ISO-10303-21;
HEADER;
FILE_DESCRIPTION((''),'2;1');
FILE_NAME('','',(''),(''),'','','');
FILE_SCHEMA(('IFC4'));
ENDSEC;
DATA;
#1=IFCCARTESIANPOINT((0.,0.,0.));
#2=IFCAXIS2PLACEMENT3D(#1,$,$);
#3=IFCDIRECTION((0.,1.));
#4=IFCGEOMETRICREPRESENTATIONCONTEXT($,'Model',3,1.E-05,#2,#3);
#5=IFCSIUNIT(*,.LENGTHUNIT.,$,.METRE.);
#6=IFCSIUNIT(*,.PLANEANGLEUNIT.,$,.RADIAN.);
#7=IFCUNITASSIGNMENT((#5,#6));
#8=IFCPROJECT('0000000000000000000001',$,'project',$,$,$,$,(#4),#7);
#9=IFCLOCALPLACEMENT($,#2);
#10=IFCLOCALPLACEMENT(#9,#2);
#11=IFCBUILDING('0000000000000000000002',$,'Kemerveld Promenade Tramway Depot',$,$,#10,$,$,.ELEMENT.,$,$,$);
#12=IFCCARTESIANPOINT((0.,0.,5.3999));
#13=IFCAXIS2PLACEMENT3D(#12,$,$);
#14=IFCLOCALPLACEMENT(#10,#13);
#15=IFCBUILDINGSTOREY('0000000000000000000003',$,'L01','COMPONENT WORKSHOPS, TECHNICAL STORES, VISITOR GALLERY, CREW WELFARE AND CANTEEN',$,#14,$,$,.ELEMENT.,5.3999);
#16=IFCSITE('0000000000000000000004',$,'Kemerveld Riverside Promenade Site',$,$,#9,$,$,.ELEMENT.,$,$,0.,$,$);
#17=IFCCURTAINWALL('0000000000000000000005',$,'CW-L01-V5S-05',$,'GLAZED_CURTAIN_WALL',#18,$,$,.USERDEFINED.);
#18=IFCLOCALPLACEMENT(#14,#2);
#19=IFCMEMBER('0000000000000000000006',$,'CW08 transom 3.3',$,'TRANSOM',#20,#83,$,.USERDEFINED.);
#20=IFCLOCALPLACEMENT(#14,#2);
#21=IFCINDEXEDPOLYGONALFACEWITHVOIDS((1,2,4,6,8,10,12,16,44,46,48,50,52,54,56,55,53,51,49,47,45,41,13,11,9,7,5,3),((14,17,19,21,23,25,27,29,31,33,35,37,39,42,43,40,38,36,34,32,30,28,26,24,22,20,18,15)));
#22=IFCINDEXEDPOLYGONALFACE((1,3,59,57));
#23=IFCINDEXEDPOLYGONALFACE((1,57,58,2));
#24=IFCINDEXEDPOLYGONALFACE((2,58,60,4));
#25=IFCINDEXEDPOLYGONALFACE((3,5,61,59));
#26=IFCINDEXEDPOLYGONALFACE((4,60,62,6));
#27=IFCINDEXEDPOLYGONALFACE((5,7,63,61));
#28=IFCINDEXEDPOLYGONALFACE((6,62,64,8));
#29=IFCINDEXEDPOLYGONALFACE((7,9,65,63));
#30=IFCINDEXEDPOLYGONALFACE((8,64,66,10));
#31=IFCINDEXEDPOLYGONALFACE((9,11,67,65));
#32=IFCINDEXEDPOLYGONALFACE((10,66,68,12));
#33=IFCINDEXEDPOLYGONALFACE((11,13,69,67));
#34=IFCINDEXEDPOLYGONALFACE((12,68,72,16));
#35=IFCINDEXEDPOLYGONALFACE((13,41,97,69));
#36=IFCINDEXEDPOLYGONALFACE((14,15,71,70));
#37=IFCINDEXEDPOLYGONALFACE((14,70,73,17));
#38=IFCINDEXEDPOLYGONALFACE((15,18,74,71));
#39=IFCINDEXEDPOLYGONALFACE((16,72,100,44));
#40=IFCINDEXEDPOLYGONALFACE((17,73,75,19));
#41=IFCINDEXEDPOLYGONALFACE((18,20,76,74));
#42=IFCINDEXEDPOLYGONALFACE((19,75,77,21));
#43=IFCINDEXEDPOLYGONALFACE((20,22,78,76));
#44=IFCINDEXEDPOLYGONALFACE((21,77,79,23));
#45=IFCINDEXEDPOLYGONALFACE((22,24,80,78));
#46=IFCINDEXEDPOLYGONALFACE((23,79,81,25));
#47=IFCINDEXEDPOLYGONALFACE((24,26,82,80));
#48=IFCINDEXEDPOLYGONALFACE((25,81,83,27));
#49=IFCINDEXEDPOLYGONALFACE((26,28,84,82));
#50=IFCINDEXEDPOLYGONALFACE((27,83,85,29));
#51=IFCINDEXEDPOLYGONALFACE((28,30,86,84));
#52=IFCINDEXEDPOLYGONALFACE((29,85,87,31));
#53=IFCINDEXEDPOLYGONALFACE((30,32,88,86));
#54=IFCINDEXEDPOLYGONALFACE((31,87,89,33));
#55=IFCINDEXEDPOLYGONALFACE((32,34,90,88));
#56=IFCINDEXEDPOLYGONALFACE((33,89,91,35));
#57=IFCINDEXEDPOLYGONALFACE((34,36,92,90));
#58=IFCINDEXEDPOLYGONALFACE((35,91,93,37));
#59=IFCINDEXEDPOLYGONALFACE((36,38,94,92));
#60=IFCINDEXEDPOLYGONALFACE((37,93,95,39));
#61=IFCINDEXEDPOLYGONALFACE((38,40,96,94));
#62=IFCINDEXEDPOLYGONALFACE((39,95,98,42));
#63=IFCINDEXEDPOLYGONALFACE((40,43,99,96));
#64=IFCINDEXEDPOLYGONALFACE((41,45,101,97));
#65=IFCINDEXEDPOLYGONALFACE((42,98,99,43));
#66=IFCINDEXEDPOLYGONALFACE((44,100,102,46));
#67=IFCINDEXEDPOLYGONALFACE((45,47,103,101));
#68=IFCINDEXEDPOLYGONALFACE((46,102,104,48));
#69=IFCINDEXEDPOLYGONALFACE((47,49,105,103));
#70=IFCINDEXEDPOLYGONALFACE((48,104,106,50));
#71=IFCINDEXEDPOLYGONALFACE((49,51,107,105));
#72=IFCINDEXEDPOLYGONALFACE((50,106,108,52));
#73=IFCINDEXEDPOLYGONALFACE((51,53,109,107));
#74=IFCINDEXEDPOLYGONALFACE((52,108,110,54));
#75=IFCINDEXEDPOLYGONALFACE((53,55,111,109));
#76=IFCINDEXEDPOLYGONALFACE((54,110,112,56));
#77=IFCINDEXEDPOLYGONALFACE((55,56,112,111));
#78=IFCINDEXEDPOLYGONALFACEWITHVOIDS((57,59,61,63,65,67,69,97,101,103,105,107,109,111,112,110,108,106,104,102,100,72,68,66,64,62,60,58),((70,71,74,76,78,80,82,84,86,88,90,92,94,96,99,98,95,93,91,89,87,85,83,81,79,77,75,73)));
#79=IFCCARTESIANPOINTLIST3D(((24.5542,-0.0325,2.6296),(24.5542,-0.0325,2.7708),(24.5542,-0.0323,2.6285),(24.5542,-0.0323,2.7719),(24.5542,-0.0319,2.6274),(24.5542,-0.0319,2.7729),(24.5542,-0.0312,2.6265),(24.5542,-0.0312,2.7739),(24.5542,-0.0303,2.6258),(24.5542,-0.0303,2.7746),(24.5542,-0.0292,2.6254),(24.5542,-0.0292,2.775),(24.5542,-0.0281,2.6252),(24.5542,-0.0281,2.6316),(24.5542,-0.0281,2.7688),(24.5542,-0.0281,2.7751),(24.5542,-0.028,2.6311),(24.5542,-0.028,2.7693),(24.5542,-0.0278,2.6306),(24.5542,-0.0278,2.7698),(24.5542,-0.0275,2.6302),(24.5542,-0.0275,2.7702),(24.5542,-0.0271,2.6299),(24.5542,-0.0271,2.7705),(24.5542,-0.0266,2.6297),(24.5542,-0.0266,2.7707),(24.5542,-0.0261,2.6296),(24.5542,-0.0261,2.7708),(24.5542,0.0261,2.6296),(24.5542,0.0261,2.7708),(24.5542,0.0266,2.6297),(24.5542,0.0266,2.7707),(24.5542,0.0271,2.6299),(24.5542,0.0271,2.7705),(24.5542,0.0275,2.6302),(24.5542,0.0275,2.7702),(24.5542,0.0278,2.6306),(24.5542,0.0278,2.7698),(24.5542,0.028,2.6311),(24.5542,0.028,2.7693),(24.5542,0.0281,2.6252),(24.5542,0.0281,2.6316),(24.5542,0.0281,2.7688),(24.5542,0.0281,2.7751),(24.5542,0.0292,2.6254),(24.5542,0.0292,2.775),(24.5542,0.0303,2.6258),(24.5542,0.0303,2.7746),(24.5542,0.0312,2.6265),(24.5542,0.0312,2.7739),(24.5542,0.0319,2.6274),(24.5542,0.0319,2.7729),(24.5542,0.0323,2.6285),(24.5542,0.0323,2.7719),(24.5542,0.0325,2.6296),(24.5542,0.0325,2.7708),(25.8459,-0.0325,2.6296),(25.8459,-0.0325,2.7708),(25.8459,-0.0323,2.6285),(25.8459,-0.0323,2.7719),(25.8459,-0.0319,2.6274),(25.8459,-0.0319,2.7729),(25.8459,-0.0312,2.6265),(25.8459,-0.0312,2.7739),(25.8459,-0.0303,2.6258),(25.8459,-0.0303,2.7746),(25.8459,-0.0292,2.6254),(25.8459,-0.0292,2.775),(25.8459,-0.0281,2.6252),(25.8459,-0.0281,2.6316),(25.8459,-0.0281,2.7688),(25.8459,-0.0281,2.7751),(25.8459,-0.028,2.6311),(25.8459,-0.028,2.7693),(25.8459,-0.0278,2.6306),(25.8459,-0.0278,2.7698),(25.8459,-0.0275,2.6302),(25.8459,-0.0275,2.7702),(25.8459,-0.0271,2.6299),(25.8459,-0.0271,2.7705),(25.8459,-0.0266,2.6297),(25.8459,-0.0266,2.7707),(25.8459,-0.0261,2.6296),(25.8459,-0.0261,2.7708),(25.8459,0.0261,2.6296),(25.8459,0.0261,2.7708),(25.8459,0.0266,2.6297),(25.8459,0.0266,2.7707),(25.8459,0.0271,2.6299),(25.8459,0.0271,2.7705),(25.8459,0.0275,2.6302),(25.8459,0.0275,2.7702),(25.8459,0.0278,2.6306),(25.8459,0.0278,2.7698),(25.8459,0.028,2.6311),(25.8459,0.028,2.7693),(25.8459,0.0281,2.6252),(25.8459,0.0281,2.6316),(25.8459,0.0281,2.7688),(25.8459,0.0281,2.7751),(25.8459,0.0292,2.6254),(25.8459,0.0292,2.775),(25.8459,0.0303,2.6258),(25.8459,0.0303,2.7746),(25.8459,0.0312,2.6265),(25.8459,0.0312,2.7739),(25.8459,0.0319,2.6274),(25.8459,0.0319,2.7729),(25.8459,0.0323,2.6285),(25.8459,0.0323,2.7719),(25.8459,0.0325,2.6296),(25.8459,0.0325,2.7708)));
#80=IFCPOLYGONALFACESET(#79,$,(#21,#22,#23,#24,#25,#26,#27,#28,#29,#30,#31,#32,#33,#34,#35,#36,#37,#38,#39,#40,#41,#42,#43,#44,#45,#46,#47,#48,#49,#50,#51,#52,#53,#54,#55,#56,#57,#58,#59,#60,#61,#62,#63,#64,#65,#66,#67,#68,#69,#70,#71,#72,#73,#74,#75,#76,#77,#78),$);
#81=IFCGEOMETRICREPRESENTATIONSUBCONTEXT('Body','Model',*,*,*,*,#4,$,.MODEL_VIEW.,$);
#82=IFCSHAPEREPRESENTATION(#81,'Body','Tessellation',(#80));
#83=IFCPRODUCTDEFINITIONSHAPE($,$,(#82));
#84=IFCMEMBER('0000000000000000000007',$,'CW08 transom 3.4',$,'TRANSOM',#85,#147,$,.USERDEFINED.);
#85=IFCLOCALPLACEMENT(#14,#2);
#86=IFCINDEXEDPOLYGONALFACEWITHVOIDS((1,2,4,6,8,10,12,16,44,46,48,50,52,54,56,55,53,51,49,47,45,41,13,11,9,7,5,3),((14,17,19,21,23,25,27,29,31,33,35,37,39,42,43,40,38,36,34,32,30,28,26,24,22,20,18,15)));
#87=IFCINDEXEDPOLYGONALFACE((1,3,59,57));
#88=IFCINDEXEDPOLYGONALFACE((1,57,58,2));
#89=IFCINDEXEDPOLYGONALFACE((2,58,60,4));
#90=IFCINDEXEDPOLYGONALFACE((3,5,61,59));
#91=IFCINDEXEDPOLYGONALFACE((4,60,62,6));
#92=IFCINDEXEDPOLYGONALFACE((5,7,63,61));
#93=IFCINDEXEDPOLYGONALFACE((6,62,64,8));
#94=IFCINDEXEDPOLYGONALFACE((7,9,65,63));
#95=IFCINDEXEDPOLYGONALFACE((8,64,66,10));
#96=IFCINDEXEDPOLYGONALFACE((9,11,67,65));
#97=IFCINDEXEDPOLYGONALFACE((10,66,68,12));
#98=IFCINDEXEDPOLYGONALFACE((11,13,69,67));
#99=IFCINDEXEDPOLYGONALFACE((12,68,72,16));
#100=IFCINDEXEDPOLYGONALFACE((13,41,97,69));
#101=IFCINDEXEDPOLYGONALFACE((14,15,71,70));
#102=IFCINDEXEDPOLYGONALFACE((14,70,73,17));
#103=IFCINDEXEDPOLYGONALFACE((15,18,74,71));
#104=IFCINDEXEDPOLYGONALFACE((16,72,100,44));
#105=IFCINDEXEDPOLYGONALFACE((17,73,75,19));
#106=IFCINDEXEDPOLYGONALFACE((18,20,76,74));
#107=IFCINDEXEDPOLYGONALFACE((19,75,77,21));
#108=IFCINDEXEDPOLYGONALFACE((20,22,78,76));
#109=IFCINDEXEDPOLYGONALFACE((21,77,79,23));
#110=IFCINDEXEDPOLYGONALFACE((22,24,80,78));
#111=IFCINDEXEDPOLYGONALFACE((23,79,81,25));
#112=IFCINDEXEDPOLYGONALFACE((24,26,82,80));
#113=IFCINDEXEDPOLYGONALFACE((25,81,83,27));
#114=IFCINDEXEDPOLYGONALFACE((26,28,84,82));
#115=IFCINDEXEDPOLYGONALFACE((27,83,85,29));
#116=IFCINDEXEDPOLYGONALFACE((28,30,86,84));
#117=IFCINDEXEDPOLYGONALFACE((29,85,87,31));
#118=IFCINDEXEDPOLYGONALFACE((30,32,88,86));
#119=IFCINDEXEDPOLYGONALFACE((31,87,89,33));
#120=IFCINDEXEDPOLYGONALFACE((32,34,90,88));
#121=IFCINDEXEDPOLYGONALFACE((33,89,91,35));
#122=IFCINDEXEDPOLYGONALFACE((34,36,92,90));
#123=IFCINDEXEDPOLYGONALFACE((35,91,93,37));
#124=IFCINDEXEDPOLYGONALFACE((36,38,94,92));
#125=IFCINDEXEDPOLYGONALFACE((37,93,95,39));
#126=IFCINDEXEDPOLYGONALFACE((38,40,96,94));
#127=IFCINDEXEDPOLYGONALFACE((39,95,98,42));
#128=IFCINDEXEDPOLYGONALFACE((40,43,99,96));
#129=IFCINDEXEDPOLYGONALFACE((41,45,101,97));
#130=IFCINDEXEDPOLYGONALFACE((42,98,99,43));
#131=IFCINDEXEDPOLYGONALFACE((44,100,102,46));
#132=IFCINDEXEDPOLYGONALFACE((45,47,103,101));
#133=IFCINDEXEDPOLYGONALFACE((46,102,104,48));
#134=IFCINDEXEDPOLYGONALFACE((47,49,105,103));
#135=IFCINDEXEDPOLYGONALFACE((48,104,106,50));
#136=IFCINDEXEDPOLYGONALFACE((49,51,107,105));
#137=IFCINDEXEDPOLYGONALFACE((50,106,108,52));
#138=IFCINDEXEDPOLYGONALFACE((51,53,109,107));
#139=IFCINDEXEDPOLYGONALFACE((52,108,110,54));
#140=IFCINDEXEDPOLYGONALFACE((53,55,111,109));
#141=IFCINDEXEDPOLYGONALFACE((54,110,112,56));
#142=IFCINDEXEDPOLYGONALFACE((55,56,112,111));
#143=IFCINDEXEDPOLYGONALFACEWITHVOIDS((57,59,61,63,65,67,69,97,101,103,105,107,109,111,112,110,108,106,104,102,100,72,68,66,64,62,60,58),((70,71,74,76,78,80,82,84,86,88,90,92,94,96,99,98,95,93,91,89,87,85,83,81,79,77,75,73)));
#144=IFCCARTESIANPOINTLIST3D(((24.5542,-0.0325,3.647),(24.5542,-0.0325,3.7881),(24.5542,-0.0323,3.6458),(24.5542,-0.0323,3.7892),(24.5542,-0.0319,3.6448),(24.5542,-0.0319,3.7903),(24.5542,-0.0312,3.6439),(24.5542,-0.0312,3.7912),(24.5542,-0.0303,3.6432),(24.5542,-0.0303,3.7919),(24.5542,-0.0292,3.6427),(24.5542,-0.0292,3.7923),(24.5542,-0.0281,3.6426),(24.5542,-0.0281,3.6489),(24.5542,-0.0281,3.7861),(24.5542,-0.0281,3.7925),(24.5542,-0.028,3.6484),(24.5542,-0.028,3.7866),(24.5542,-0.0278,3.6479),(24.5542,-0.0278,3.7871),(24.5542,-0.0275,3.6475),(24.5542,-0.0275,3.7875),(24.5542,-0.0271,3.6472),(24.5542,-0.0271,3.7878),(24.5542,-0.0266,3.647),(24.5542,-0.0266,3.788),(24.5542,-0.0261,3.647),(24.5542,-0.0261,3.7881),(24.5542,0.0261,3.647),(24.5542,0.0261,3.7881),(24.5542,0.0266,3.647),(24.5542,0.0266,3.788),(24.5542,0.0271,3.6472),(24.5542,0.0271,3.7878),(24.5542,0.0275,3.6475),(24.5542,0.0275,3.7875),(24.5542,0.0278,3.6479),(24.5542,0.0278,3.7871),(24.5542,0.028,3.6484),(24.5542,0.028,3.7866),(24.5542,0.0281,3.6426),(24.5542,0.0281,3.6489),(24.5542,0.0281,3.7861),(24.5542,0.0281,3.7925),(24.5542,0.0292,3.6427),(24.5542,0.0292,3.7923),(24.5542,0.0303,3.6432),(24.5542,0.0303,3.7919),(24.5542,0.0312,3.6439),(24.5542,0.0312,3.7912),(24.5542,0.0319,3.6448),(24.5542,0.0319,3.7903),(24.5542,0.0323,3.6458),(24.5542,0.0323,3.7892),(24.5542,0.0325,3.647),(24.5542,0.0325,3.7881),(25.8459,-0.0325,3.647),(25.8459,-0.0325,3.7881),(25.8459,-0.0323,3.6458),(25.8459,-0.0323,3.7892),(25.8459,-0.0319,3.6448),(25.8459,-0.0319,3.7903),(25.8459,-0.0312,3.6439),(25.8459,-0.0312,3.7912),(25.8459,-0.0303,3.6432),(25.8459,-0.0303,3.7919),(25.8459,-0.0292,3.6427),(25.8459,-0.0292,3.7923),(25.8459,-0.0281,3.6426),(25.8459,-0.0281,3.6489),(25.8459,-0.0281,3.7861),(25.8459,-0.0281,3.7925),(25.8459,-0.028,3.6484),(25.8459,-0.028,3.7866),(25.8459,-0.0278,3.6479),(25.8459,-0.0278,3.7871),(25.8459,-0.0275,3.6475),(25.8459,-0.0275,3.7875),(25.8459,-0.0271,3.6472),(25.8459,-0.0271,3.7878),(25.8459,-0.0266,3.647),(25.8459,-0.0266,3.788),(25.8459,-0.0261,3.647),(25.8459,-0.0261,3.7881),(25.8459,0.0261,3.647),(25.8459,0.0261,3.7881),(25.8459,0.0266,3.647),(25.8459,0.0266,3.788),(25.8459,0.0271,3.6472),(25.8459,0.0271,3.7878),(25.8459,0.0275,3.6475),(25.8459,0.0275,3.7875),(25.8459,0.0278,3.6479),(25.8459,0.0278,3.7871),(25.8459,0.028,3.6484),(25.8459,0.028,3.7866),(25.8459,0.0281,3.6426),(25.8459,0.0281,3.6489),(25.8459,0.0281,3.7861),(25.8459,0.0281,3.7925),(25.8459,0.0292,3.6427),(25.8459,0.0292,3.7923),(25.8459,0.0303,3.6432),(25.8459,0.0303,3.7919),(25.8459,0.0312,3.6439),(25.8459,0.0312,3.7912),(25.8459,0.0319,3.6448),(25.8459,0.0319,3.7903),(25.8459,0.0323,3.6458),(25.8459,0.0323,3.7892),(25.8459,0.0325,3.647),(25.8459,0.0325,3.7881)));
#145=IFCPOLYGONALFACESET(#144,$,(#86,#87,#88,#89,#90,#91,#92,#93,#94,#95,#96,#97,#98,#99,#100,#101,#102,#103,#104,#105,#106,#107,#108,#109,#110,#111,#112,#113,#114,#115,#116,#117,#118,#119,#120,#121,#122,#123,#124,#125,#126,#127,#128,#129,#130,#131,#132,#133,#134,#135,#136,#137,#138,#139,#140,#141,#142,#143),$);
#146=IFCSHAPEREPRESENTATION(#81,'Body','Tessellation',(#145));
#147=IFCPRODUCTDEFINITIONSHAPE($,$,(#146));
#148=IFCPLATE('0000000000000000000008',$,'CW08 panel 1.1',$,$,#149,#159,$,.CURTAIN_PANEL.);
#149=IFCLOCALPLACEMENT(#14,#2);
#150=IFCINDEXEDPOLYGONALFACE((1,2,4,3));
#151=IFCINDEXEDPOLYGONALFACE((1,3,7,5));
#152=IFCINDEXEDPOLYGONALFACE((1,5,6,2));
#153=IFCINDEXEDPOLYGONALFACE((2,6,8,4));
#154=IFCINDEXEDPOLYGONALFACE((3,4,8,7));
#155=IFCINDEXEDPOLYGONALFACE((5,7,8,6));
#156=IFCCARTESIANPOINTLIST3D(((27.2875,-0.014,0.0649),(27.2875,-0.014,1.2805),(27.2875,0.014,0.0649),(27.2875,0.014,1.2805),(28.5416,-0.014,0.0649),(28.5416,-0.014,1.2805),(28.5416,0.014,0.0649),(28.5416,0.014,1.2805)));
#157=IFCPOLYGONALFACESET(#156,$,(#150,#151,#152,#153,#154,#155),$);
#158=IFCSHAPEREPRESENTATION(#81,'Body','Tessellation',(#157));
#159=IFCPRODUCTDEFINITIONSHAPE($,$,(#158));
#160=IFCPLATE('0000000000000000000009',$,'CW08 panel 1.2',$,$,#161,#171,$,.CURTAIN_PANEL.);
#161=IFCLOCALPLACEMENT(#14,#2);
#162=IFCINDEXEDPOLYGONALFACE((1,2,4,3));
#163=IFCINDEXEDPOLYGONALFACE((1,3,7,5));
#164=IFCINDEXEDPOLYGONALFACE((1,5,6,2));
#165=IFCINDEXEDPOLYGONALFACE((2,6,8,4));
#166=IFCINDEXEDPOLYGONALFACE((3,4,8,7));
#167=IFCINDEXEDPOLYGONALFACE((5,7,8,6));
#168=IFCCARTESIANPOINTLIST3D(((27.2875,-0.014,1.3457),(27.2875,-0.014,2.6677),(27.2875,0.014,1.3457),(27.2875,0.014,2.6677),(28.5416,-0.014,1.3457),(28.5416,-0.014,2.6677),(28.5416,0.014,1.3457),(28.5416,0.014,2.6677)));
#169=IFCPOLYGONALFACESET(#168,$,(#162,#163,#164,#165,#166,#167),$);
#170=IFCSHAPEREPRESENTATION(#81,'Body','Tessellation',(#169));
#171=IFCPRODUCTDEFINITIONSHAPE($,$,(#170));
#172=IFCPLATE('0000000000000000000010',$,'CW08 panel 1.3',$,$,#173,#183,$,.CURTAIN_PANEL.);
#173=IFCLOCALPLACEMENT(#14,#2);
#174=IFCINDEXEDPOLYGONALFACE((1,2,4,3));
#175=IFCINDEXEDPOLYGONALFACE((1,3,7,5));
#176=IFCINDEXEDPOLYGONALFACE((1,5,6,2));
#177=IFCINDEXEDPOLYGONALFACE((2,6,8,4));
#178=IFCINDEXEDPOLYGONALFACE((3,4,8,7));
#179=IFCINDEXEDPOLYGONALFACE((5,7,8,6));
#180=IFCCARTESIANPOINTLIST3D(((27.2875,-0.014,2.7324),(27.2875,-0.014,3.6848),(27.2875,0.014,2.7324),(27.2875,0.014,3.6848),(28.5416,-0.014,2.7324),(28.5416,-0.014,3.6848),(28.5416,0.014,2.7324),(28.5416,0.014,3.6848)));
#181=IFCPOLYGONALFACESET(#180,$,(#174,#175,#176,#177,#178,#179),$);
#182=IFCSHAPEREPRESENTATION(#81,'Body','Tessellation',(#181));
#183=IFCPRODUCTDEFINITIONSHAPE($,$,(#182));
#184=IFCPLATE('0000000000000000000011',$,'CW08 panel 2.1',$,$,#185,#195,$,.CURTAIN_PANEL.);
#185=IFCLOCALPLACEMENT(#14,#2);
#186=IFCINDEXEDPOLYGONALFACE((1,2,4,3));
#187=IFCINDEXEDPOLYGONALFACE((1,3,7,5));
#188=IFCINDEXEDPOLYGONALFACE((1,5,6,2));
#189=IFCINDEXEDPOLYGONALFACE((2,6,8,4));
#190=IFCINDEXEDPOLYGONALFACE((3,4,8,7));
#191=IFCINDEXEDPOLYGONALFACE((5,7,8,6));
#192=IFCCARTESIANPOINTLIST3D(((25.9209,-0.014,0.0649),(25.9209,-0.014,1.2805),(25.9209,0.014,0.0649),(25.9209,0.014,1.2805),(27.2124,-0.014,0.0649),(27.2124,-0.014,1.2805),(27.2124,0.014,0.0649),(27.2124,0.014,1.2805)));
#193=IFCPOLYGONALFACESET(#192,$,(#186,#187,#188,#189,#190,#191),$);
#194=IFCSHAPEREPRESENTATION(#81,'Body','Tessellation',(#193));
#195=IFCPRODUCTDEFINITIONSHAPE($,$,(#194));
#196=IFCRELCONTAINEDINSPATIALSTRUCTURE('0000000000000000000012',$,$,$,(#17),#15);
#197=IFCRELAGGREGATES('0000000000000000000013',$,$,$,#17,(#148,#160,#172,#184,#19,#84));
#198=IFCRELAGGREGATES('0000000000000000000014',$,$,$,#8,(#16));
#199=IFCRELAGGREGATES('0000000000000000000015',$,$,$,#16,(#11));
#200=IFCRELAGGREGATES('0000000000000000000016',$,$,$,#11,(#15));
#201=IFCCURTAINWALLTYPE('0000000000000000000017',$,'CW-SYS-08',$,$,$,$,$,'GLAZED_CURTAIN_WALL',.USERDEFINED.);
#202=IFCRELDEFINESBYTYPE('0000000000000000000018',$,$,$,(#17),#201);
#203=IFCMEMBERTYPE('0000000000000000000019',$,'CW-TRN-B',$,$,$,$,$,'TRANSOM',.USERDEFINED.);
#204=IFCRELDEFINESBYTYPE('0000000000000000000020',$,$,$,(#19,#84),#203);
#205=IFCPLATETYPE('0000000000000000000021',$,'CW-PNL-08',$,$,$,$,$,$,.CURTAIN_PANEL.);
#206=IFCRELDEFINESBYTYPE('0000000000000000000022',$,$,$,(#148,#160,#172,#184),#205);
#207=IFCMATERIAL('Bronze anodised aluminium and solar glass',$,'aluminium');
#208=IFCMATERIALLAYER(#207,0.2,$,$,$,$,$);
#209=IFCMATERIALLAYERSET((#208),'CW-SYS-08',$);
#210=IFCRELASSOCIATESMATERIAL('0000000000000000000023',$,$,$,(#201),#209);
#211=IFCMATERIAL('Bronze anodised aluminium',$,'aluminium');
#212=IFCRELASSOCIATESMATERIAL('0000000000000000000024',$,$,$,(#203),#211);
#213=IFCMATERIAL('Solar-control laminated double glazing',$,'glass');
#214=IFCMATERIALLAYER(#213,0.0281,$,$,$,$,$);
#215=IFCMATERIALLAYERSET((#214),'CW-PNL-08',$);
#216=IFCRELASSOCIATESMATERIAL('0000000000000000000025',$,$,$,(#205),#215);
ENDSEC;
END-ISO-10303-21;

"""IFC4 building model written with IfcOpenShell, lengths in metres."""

from ifc_helpers import new_model, si_unit, direction, frame, origin, origin_2d, place, context, subcontext, project, spatial, rectangle, hollow_rectangle, extrude, material, layer, layer_set, material_profile, profile_set, type_object, element, aggregate, save


model = new_model("IFC4")

# Units and contexts
model_context = context("Model", 3, precision=1e-05, world=origin(), true_north=direction((0.0, 1.0)))
body_context = subcontext(model_context, "Body", "Model", "MODEL_VIEW")
ifc_project = project(units=[si_unit("LENGTHUNIT", "METRE"), si_unit("PLANEANGLEUNIT", "RADIAN")], contexts=[model_context])

# Site, building, storey
site_placement = place(None, origin())
site = spatial("IfcSite", under=ifc_project, at=site_placement, Name="Kemerveld Riverside Promenade Site", CompositionType="ELEMENT", RefElevation=0.0)
building_placement = place(site_placement, origin())
building = spatial("IfcBuilding", under=site, at=building_placement, Name="Kemerveld Promenade Tramway Depot", CompositionType="ELEMENT")
storey_placement = place(building_placement, frame((0.0, 0.0, 5.3999)))
storey = spatial("IfcBuildingStorey", under=building, at=storey_placement, Name="L01", Description="COMPONENT WORKSHOPS, TECHNICAL STORES, VISITOR GALLERY, CREW WELFARE AND CANTEEN", CompositionType="ELEMENT", Elevation=5.3999)

# Curtain wall, members, plates
ifc_material_1 = material(Name="Bronze anodised aluminium and solar glass", Category="aluminium")
ifc_layer_1 = layer(ifc_material_1, 0.2)
ifc_layer_set_1 = layer_set([ifc_layer_1], Name="CW-SYS-08")
curtain_wall_type = type_object("IfcCurtainWallType", Name="CW-SYS-08", ElementType="GLAZED_CURTAIN_WALL", PredefinedType="USERDEFINED", material=ifc_layer_set_1)
curtain_wall_placement = place(storey_placement, origin())
curtain_wall = element("IfcCurtainWall", 1, at=curtain_wall_placement, inside=storey, type_object=curtain_wall_type, Name="CW-L01-V5S-05", ObjectType="GLAZED_CURTAIN_WALL", PredefinedType="USERDEFINED")
ifc_material_2 = material(Name="Bronze anodised aluminium", Category="aluminium")
ifc_material_profile_1 = material_profile(ifc_material_2, hollow_rectangle(XDim=0.0649, YDim=0.1499, WallThickness=0.0044, InnerFilletRadius=0.002, OuterFilletRadius=0.0044, at=origin_2d()), Name="CW-TRN-150x65")
ifc_profile_set_1 = profile_set([ifc_material_profile_1], Name="Bronze anodised aluminium")
member_type_1 = type_object("IfcMemberType", Name="CW-TRN-B", ElementType="TRANSOM", PredefinedType="USERDEFINED", material=ifc_profile_set_1)
member_1_placement = place(storey_placement, frame((25.8459, 0.0, 2.7002), z_axis=(-1.0, 0.0, 0.0), x_axis=(0.0, -1.0, 0.0)))
member_1 = element("IfcMember", 2, at=member_1_placement, type_object=member_type_1, Name="CW08 transom 3.3", ObjectType="TRANSOM", PredefinedType="USERDEFINED", context=body_context, shape_type="SweptSolid", body=[
    extrude(hollow_rectangle(XDim=0.0649, YDim=0.1499, WallThickness=0.0044, InnerFilletRadius=0.002, OuterFilletRadius=0.0044, at=origin_2d()), origin(), (0.0, 0.0, 1.0), 1.2917),
])
member_2_placement = place(storey_placement, frame((25.8459, 0.0, 3.7175), z_axis=(-1.0, 0.0, 0.0), x_axis=(0.0, -1.0, 0.0)))
member_2 = element("IfcMember", 3, at=member_2_placement, type_object=member_type_1, Name="CW08 transom 3.4", ObjectType="TRANSOM", PredefinedType="USERDEFINED", context=body_context, shape_type="SweptSolid", body=[
    extrude(hollow_rectangle(XDim=0.0649, YDim=0.1499, WallThickness=0.0044, InnerFilletRadius=0.002, OuterFilletRadius=0.0044, at=origin_2d()), origin(), (0.0, 0.0, 1.0), 1.2917),
])
ifc_material_3 = material(Name="Solar-control laminated double glazing", Category="glass")
ifc_layer_2 = layer(ifc_material_3, 0.0281)
ifc_layer_set_2 = layer_set([ifc_layer_2], Name="CW-PNL-08")
plate_type = type_object("IfcPlateType", Name="CW-PNL-08", PredefinedType="CURTAIN_PANEL", material=ifc_layer_set_2)
plate_1_placement = place(storey_placement, frame((27.9146, 0.0, 0.0649), z_axis=(0.0, 0.0, 1.0), x_axis=(-1.0, 0.0, 0.0)))
plate_1 = element("IfcPlate", 4, at=plate_1_placement, type_object=plate_type, Name="CW08 panel 1.1", PredefinedType="CURTAIN_PANEL", context=body_context, shape_type="SweptSolid", body=[
    extrude(rectangle(XDim=1.2542, YDim=0.0281, at=origin_2d()), origin(), (0.0, 0.0, 1.0), 1.2156),
])
plate_2_placement = place(storey_placement, frame((27.9146, 0.0, 1.3457), z_axis=(0.0, 0.0, 1.0), x_axis=(-1.0, 0.0, 0.0)))
plate_2 = element("IfcPlate", 5, at=plate_2_placement, type_object=plate_type, Name="CW08 panel 1.2", PredefinedType="CURTAIN_PANEL", context=body_context, shape_type="SweptSolid", body=[
    extrude(rectangle(XDim=1.2542, YDim=0.0281, at=origin_2d()), origin(), (0.0, 0.0, 1.0), 1.322),
])
plate_3_placement = place(storey_placement, frame((27.9146, 0.0, 2.7324), z_axis=(0.0, 0.0, 1.0), x_axis=(-1.0, 0.0, 0.0)))
plate_3 = element("IfcPlate", 6, at=plate_3_placement, type_object=plate_type, Name="CW08 panel 1.3", PredefinedType="CURTAIN_PANEL", context=body_context, shape_type="SweptSolid", body=[
    extrude(rectangle(XDim=1.2542, YDim=0.0281, at=origin_2d()), origin(), (0.0, 0.0, 1.0), 0.9524),
])
plate_4_placement = place(storey_placement, frame((26.5667, 0.0, 0.0649), z_axis=(0.0, 0.0, 1.0), x_axis=(-1.0, 0.0, 0.0)))
plate_4 = element("IfcPlate", 7, at=plate_4_placement, type_object=plate_type, Name="CW08 panel 2.1", PredefinedType="CURTAIN_PANEL", context=body_context, shape_type="SweptSolid", body=[
    extrude(rectangle(XDim=1.2915, YDim=0.0281, at=origin_2d()), origin(), (0.0, 0.0, 1.0), 1.2156),
])
aggregate(curtain_wall, [plate_1, plate_2, plate_3, plate_4, member_1, member_2])

save(model, "model.ifc")
